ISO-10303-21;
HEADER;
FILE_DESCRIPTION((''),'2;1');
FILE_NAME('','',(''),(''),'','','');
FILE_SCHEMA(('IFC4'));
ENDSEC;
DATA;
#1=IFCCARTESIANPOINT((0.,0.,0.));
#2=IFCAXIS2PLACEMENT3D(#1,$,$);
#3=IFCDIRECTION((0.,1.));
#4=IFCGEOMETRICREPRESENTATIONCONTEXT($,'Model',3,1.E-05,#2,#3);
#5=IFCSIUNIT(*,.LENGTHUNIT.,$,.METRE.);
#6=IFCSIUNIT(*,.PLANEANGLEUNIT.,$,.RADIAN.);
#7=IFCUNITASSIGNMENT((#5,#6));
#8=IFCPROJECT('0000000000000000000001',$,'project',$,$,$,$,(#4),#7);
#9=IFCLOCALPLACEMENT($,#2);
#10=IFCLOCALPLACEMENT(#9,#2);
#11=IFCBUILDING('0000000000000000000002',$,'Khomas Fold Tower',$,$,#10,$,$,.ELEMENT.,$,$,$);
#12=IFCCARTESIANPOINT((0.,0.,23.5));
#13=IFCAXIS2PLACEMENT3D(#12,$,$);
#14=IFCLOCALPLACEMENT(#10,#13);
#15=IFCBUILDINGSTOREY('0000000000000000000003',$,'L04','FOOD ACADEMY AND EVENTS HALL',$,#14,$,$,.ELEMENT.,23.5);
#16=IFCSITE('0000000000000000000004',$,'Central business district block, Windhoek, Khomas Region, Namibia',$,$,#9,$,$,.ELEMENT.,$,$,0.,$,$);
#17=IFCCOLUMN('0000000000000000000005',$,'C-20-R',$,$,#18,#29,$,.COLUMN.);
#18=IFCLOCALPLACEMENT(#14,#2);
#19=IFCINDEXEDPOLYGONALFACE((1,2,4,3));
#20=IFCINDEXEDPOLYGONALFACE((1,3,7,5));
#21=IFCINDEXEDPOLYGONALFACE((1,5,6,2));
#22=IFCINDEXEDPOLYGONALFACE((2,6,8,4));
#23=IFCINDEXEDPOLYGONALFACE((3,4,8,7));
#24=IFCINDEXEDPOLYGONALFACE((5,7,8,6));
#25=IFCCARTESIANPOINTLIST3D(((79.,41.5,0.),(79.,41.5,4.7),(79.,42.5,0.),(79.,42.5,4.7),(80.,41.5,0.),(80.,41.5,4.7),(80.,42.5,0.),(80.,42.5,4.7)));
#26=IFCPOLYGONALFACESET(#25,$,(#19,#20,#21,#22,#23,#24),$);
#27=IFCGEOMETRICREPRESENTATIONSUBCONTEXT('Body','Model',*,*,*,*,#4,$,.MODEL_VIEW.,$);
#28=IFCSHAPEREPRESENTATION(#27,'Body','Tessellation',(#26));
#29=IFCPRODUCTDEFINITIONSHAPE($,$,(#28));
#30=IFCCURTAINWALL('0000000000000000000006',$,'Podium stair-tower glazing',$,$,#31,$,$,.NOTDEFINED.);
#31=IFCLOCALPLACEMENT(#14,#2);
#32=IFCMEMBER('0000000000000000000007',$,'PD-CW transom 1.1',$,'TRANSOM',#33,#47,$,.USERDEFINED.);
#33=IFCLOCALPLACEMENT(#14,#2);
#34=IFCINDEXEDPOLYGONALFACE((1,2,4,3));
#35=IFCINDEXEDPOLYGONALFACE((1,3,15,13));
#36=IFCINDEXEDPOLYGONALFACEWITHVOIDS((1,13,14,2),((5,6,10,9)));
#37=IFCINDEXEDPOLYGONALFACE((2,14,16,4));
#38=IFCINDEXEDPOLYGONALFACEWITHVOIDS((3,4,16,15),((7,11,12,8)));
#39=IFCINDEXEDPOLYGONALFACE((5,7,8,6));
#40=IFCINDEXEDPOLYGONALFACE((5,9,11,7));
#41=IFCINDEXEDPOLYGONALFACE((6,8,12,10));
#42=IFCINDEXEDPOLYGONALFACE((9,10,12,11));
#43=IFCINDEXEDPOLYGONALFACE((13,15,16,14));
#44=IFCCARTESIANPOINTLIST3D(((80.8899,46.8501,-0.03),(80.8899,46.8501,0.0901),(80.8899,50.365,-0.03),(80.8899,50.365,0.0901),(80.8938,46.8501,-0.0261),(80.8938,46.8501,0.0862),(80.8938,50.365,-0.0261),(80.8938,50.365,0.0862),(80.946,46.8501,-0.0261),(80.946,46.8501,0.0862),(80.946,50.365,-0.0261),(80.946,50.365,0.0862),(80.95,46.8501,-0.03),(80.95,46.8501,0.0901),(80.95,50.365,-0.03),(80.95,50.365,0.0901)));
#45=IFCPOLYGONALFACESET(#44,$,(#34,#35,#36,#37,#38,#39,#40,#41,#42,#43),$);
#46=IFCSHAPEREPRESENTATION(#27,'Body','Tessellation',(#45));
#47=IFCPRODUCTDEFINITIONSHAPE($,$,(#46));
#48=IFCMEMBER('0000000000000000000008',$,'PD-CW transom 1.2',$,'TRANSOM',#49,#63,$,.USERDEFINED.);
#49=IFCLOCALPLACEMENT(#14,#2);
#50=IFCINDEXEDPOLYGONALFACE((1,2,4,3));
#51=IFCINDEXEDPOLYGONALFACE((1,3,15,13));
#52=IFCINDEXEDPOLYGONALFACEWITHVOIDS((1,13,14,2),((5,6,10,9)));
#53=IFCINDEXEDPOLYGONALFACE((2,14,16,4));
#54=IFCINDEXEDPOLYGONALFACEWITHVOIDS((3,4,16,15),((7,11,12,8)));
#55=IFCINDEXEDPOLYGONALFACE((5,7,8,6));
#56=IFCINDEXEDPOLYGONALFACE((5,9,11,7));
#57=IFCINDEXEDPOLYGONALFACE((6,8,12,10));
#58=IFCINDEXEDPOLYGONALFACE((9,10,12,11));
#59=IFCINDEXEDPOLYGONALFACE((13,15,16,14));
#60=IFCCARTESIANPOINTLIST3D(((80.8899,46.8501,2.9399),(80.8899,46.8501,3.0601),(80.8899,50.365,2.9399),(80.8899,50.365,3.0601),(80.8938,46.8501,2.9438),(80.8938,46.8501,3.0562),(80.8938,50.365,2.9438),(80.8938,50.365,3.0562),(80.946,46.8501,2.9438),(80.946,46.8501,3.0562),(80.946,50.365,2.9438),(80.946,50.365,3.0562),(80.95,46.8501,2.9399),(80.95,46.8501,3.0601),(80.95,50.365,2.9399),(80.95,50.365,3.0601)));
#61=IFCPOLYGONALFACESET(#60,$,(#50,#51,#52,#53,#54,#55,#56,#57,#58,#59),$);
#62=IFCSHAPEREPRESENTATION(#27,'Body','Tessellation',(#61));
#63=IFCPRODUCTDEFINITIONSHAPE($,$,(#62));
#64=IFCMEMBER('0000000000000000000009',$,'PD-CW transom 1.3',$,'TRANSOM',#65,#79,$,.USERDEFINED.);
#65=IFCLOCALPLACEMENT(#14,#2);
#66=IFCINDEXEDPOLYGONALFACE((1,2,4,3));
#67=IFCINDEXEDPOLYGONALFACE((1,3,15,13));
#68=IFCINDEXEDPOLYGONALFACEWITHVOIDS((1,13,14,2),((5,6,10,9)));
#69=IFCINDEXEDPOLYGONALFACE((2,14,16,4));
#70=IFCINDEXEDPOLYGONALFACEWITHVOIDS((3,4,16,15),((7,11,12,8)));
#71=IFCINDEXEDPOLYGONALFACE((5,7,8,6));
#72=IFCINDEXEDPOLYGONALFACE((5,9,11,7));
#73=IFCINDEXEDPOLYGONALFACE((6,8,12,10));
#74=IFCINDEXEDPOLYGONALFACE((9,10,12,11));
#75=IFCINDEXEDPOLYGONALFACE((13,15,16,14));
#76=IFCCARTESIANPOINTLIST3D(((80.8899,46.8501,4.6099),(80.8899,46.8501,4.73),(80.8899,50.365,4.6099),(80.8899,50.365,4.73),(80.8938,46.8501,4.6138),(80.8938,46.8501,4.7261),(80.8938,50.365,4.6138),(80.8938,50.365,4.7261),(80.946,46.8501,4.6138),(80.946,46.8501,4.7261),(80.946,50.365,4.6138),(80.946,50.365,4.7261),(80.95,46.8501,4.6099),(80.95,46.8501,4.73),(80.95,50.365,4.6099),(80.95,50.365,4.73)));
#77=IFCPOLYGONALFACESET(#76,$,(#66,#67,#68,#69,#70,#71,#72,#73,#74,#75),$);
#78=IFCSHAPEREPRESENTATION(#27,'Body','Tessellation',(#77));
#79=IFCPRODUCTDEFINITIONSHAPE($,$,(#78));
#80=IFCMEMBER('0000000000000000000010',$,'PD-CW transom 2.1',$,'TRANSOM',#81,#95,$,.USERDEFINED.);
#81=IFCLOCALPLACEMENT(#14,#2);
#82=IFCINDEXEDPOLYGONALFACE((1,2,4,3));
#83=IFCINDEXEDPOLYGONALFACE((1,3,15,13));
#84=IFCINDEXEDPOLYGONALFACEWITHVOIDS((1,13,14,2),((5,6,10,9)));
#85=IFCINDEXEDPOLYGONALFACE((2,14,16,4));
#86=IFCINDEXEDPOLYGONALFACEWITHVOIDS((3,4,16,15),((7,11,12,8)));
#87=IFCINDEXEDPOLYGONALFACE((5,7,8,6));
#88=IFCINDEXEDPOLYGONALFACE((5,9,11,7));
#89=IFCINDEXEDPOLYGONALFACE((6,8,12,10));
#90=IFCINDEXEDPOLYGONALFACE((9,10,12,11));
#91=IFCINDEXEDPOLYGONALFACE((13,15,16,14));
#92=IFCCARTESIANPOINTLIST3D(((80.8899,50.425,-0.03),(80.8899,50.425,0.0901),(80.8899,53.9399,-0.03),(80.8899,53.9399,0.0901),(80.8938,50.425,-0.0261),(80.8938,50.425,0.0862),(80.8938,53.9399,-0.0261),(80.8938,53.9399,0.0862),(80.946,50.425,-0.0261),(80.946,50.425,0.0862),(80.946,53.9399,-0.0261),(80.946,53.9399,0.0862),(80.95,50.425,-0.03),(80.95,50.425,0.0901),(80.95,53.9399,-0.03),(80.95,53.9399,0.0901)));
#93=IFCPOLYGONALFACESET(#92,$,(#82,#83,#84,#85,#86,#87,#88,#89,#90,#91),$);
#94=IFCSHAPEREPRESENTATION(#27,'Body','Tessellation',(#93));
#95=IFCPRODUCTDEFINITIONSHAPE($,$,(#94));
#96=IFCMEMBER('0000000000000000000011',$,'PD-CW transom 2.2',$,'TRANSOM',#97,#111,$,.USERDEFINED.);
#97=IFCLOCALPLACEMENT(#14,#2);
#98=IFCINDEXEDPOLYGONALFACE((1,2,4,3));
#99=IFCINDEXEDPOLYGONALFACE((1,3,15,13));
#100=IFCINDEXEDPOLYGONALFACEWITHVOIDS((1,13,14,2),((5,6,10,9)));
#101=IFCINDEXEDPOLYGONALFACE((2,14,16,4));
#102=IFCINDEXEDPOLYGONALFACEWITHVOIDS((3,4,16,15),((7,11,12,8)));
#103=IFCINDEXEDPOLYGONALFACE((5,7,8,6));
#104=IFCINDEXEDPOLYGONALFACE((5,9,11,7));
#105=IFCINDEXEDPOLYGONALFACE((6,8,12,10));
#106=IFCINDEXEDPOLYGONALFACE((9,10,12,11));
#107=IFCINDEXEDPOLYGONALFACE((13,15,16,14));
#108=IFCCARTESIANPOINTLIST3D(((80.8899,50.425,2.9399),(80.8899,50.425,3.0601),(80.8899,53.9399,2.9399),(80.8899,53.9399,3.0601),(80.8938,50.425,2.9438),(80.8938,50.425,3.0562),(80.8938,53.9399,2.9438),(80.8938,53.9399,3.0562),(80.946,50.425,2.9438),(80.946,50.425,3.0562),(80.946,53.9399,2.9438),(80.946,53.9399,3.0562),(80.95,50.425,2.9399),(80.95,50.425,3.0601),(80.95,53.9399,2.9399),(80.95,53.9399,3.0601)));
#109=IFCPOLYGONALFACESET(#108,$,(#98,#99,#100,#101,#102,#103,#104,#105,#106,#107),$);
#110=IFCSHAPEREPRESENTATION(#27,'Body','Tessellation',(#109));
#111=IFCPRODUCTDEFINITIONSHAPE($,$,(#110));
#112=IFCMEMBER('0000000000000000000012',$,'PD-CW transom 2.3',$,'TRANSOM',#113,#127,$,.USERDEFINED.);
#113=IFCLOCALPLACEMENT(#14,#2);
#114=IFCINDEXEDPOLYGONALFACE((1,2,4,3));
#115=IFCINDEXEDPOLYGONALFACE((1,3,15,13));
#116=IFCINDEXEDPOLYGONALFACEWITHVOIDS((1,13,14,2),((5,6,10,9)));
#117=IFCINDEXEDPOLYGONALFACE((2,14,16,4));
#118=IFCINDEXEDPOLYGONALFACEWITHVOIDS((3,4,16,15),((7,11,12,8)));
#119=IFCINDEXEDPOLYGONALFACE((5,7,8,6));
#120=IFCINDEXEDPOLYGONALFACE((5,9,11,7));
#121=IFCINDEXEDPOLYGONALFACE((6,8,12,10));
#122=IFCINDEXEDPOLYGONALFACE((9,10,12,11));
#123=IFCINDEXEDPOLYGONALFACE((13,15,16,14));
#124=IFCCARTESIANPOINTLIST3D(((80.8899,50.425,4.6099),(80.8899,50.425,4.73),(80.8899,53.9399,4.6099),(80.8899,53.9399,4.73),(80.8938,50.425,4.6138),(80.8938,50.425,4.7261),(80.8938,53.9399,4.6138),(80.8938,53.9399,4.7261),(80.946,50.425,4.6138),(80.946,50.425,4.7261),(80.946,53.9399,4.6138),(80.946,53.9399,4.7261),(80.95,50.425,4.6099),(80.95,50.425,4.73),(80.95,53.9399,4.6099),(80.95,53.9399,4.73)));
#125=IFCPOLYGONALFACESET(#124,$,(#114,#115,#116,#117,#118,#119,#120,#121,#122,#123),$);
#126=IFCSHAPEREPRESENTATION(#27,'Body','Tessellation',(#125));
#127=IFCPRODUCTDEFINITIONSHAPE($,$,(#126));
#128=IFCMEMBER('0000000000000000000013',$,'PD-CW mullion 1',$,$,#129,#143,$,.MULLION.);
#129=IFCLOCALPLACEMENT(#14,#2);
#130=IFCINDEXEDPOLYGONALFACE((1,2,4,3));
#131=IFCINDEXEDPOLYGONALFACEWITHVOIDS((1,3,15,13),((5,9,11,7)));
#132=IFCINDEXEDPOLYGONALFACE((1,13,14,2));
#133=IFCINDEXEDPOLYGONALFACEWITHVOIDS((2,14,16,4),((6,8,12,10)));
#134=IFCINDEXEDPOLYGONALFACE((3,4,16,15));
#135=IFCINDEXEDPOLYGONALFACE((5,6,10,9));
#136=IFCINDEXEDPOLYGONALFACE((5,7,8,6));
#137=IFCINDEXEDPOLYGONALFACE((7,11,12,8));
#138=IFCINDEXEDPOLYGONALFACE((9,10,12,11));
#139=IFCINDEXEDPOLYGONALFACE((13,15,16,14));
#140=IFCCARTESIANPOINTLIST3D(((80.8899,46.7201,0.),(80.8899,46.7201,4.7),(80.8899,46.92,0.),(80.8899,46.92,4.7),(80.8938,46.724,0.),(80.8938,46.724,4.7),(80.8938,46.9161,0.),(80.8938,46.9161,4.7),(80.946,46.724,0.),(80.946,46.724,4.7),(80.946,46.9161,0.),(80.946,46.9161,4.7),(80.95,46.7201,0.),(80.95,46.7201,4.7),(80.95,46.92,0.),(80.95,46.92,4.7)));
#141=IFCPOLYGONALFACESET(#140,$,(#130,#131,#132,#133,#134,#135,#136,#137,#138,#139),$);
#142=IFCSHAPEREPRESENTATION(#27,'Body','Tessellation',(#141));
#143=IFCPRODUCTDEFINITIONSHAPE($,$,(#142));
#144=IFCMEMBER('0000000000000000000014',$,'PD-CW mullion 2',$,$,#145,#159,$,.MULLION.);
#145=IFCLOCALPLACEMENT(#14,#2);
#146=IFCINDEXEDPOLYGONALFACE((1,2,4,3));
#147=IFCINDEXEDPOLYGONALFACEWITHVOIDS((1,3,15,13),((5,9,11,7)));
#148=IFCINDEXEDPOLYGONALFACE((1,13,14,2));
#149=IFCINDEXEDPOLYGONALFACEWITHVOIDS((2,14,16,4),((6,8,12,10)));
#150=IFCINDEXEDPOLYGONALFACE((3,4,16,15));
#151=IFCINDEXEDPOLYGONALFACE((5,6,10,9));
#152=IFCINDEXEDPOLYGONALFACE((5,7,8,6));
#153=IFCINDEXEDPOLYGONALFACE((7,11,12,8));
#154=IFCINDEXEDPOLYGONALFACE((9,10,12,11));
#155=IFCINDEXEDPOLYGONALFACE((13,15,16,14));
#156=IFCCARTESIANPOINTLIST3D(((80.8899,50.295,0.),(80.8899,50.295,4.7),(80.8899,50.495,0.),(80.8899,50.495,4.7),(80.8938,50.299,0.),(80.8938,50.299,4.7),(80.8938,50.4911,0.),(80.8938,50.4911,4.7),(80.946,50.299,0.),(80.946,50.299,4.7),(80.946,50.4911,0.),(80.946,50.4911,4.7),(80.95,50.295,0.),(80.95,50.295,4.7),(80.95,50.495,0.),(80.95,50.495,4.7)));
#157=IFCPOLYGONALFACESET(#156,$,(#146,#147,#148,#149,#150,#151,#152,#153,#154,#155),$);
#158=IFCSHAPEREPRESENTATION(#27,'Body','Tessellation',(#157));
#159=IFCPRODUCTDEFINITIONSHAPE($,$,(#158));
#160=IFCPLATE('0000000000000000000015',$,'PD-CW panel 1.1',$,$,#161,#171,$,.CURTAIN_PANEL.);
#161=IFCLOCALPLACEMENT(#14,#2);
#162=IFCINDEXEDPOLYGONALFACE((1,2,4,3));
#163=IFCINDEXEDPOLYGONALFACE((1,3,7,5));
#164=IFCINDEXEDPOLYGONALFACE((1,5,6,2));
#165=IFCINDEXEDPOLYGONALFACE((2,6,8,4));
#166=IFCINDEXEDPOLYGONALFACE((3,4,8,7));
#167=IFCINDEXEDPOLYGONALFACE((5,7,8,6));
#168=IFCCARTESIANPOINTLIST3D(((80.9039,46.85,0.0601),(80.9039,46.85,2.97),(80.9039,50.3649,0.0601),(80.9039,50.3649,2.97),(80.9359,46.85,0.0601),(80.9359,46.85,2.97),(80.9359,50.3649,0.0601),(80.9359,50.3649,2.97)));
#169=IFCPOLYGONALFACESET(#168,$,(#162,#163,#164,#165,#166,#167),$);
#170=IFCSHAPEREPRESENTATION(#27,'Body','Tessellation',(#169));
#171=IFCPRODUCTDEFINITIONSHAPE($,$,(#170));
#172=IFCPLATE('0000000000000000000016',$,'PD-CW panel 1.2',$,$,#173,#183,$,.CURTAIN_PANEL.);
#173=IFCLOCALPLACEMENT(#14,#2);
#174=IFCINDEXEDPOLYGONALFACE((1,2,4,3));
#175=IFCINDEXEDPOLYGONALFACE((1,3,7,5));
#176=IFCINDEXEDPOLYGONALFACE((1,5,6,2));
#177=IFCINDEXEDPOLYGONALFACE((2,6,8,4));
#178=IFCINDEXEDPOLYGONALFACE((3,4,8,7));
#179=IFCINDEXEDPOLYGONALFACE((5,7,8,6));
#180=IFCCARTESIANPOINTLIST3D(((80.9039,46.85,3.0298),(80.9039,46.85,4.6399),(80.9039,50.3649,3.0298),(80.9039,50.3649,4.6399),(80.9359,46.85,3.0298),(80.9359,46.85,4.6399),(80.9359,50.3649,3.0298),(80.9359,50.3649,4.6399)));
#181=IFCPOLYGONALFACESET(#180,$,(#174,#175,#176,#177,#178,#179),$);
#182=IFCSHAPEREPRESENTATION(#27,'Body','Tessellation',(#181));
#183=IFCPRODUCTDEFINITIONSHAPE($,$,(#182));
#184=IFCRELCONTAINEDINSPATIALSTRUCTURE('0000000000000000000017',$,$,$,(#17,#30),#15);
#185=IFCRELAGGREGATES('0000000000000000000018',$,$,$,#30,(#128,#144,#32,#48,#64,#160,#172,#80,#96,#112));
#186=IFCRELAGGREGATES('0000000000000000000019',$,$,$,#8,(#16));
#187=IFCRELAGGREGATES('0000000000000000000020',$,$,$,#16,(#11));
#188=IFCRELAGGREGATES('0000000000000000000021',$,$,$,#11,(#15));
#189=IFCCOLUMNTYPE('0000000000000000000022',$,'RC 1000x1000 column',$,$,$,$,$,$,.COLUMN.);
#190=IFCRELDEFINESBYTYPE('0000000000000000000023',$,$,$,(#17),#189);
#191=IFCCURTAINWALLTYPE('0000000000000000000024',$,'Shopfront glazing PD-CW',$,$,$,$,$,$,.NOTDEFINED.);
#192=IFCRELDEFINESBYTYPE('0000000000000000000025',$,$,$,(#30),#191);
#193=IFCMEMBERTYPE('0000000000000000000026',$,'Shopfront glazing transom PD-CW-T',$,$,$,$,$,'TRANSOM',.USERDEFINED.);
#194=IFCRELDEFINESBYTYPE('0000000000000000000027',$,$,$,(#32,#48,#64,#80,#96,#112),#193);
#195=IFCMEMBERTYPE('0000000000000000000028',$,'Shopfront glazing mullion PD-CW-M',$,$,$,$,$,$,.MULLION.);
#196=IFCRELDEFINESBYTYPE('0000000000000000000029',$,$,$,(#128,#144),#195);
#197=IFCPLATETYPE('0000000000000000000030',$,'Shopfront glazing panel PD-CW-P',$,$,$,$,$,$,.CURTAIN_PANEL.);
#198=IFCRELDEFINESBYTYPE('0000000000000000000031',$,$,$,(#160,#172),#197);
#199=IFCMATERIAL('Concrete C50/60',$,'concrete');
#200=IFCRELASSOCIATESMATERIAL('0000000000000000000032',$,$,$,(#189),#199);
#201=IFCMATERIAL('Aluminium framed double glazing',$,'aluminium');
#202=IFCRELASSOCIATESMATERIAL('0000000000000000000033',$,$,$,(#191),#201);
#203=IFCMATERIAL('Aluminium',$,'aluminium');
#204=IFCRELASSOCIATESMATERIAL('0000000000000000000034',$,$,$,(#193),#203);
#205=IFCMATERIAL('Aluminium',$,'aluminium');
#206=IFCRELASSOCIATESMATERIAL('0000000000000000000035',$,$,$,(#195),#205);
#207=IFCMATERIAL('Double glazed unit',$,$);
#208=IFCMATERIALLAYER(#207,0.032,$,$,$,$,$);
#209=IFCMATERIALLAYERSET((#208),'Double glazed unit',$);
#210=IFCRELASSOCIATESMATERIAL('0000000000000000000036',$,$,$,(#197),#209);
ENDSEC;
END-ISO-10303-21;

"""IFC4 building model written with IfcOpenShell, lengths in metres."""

from ifc_helpers import new_model, si_unit, direction, frame, origin, origin_2d, place, context, subcontext, project, spatial, rectangle, hollow_rectangle, extrude, source, transform, mapped, material, layer, layer_set, material_profile, profile_set, type_object, element, aggregate, save


model = new_model("IFC4")

# Units and contexts
model_context = context("Model", 3, precision=1e-05, world=origin(), true_north=direction((0.0, 1.0)))
body_context = subcontext(model_context, "Body", "Model", "MODEL_VIEW")
ifc_project = project(units=[si_unit("LENGTHUNIT", "METRE"), si_unit("PLANEANGLEUNIT", "RADIAN")], contexts=[model_context])

# Site, building, storey
site_placement = place(None, origin())
site = spatial("IfcSite", under=ifc_project, at=site_placement, Name="Central business district block, Windhoek, Khomas Region, Namibia", CompositionType="ELEMENT", RefElevation=0.0)
building_placement = place(site_placement, origin())
building = spatial("IfcBuilding", under=site, at=building_placement, Name="Khomas Fold Tower", CompositionType="ELEMENT")
storey_placement = place(building_placement, frame((0.0, 0.0, 23.5)))
storey = spatial("IfcBuildingStorey", under=building, at=storey_placement, Name="L04", Description="FOOD ACADEMY AND EVENTS HALL", CompositionType="ELEMENT", Elevation=23.5)

# Column
ifc_material_1 = material(Name="Concrete C50/60", Category="concrete")
ifc_material_profile_1 = material_profile(ifc_material_1, rectangle(XDim=1.0, YDim=1.0, at=origin_2d()), Name="RC 1000x1000")
ifc_profile_set_1 = profile_set([ifc_material_profile_1], Name="Concrete C50/60")
column_type = type_object("IfcColumnType", Name="RC 1000x1000 column", PredefinedType="COLUMN", material=ifc_profile_set_1)
shared_shape_1 = source(origin(), body_context, "Body", "SweptSolid", [
    extrude(rectangle(XDim=1.0, YDim=1.0, at=origin_2d()), origin(), (0.0, 0.0, 1.0), 4.7),
])
column_placement = place(storey_placement, frame((79.5, 42.0, 0.0), z_axis=(0.0, 0.0, 1.0), x_axis=(1.0, 0.0, 0.0)))
element("IfcColumn", 1, at=column_placement, inside=storey, type_object=column_type, Name="C-20-R", PredefinedType="COLUMN", context=body_context, shape_type="MappedRepresentation", body=[
    mapped(shared_shape_1, transform((0.0, 0.0, 0.0))),
])

# Curtain wall, members, plates
ifc_material_2 = material(Name="Aluminium framed double glazing", Category="aluminium")
curtain_wall_type = type_object("IfcCurtainWallType", Name="Shopfront glazing PD-CW", PredefinedType="NOTDEFINED", material=ifc_material_2)
curtain_wall_placement = place(storey_placement, origin())
curtain_wall = element("IfcCurtainWall", 2, at=curtain_wall_placement, inside=storey, type_object=curtain_wall_type, Name="Podium stair-tower glazing", PredefinedType="NOTDEFINED")
ifc_material_3 = material(Name="Aluminium", Category="aluminium")
ifc_material_profile_2 = material_profile(ifc_material_3, hollow_rectangle(XDim=0.0601, YDim=0.1201, WallThickness=0.0039, at=origin_2d()), Name="Shopfront glazing transom PD-CW-T")
ifc_profile_set_2 = profile_set([ifc_material_profile_2], Name="Aluminium")
member_type_1 = type_object("IfcMemberType", Name="Shopfront glazing transom PD-CW-T", ElementType="TRANSOM", PredefinedType="USERDEFINED", material=ifc_profile_set_2)
shared_shape_2 = source(origin(), body_context, "Body", "SweptSolid", [
    extrude(hollow_rectangle(XDim=0.0601, YDim=0.1201, WallThickness=0.0039, at=origin_2d()), origin(), (0.0, 0.0, 1.0), 3.5149),
])
member_1_placement = place(storey_placement, frame((80.9199, 46.8501, 0.03), z_axis=(0.0, 1.0, 0.0), x_axis=(-1.0, 0.0, 0.0)))
member_1 = element("IfcMember", 3, at=member_1_placement, type_object=member_type_1, Name="PD-CW transom 1.1", ObjectType="TRANSOM", PredefinedType="USERDEFINED", context=body_context, shape_type="MappedRepresentation", body=[
    mapped(shared_shape_2, transform((0.0, 0.0, 0.0))),
])
member_2_placement = place(storey_placement, frame((80.9199, 46.8501, 3.0), z_axis=(0.0, 1.0, 0.0), x_axis=(-1.0, 0.0, 0.0)))
member_2 = element("IfcMember", 4, at=member_2_placement, type_object=member_type_1, Name="PD-CW transom 1.2", ObjectType="TRANSOM", PredefinedType="USERDEFINED", context=body_context, shape_type="MappedRepresentation", body=[
    mapped(shared_shape_2, transform((0.0, 0.0, 0.0))),
])
member_3_placement = place(storey_placement, frame((80.9199, 46.8501, 4.6699), z_axis=(0.0, 1.0, 0.0), x_axis=(-1.0, 0.0, 0.0)))
member_3 = element("IfcMember", 5, at=member_3_placement, type_object=member_type_1, Name="PD-CW transom 1.3", ObjectType="TRANSOM", PredefinedType="USERDEFINED", context=body_context, shape_type="MappedRepresentation", body=[
    mapped(shared_shape_2, transform((0.0, 0.0, 0.0))),
])
member_4_placement = place(storey_placement, frame((80.9199, 50.425, 0.03), z_axis=(0.0, 1.0, 0.0), x_axis=(-1.0, 0.0, 0.0)))
member_4 = element("IfcMember", 6, at=member_4_placement, type_object=member_type_1, Name="PD-CW transom 2.1", ObjectType="TRANSOM", PredefinedType="USERDEFINED", context=body_context, shape_type="MappedRepresentation", body=[
    mapped(shared_shape_2, transform((0.0, 0.0, 0.0))),
])
member_5_placement = place(storey_placement, frame((80.9199, 50.425, 3.0), z_axis=(0.0, 1.0, 0.0), x_axis=(-1.0, 0.0, 0.0)))
member_5 = element("IfcMember", 7, at=member_5_placement, type_object=member_type_1, Name="PD-CW transom 2.2", ObjectType="TRANSOM", PredefinedType="USERDEFINED", context=body_context, shape_type="MappedRepresentation", body=[
    mapped(shared_shape_2, transform((0.0, 0.0, 0.0))),
])
member_6_placement = place(storey_placement, frame((80.9199, 50.425, 4.6699), z_axis=(0.0, 1.0, 0.0), x_axis=(-1.0, 0.0, 0.0)))
member_6 = element("IfcMember", 8, at=member_6_placement, type_object=member_type_1, Name="PD-CW transom 2.3", ObjectType="TRANSOM", PredefinedType="USERDEFINED", context=body_context, shape_type="MappedRepresentation", body=[
    mapped(shared_shape_2, transform((0.0, 0.0, 0.0))),
])
ifc_material_4 = material(Name="Aluminium", Category="aluminium")
ifc_material_profile_3 = material_profile(ifc_material_4, hollow_rectangle(XDim=0.0601, YDim=0.2, WallThickness=0.0039, at=origin_2d()), Name="Shopfront glazing mullion PD-CW-M")
ifc_profile_set_3 = profile_set([ifc_material_profile_3], Name="Aluminium")
member_type_2 = type_object("IfcMemberType", Name="Shopfront glazing mullion PD-CW-M", PredefinedType="MULLION", material=ifc_profile_set_3)
shared_shape_3 = source(origin(), body_context, "Body", "SweptSolid", [
    extrude(hollow_rectangle(XDim=0.0601, YDim=0.2, WallThickness=0.0039, at=origin_2d()), origin(), (0.0, 0.0, 1.0), 4.7),
])
member_7_placement = place(storey_placement, frame((80.9199, 46.8201, 0.0), z_axis=(0.0, 0.0, 1.0), x_axis=(-1.0, 0.0, 0.0)))
member_7 = element("IfcMember", 9, at=member_7_placement, type_object=member_type_2, Name="PD-CW mullion 1", PredefinedType="MULLION", context=body_context, shape_type="MappedRepresentation", body=[
    mapped(shared_shape_3, transform((0.0, 0.0, 0.0))),
])
member_8_placement = place(storey_placement, frame((80.9199, 50.395, 0.0), z_axis=(0.0, 0.0, 1.0), x_axis=(-1.0, 0.0, 0.0)))
member_8 = element("IfcMember", 10, at=member_8_placement, type_object=member_type_2, Name="PD-CW mullion 2", PredefinedType="MULLION", context=body_context, shape_type="MappedRepresentation", body=[
    mapped(shared_shape_3, transform((0.0, 0.0, 0.0))),
])
ifc_material_5 = material(Name="Double glazed unit")
ifc_layer_1 = layer(ifc_material_5, 0.032)
ifc_layer_set_1 = layer_set([ifc_layer_1], Name="Double glazed unit")
plate_type = type_object("IfcPlateType", Name="Shopfront glazing panel PD-CW-P", PredefinedType="CURTAIN_PANEL", material=ifc_layer_set_1)
shared_shape_4 = source(origin(), body_context, "Body", "SweptSolid", [
    extrude(rectangle(XDim=3.5149, YDim=0.032, at=origin_2d()), origin(), (0.0, 0.0, 1.0), 2.9099),
])
plate_1_placement = place(storey_placement, frame((80.9199, 48.6074, 0.0601), z_axis=(0.0, 0.0, 1.0), x_axis=(0.0, 1.0, 0.0)))
plate_1 = element("IfcPlate", 11, at=plate_1_placement, type_object=plate_type, Name="PD-CW panel 1.1", PredefinedType="CURTAIN_PANEL", context=body_context, shape_type="MappedRepresentation", body=[
    mapped(shared_shape_4, transform((0.0, 0.0, 0.0))),
])
shared_shape_5 = source(origin(), body_context, "Body", "SweptSolid", [
    extrude(rectangle(XDim=3.5149, YDim=0.032, at=origin_2d()), origin(), (0.0, 0.0, 1.0), 1.6101),
])
plate_2_placement = place(storey_placement, frame((80.9199, 48.6074, 3.0298), z_axis=(0.0, 0.0, 1.0), x_axis=(0.0, 1.0, 0.0)))
plate_2 = element("IfcPlate", 12, at=plate_2_placement, type_object=plate_type, Name="PD-CW panel 1.2", PredefinedType="CURTAIN_PANEL", context=body_context, shape_type="MappedRepresentation", body=[
    mapped(shared_shape_5, transform((0.0, 0.0, 0.0))),
])
aggregate(curtain_wall, [member_7, member_8, member_1, member_2, member_3, plate_1, plate_2, member_4, member_5, member_6])

save(model, "model.ifc")
